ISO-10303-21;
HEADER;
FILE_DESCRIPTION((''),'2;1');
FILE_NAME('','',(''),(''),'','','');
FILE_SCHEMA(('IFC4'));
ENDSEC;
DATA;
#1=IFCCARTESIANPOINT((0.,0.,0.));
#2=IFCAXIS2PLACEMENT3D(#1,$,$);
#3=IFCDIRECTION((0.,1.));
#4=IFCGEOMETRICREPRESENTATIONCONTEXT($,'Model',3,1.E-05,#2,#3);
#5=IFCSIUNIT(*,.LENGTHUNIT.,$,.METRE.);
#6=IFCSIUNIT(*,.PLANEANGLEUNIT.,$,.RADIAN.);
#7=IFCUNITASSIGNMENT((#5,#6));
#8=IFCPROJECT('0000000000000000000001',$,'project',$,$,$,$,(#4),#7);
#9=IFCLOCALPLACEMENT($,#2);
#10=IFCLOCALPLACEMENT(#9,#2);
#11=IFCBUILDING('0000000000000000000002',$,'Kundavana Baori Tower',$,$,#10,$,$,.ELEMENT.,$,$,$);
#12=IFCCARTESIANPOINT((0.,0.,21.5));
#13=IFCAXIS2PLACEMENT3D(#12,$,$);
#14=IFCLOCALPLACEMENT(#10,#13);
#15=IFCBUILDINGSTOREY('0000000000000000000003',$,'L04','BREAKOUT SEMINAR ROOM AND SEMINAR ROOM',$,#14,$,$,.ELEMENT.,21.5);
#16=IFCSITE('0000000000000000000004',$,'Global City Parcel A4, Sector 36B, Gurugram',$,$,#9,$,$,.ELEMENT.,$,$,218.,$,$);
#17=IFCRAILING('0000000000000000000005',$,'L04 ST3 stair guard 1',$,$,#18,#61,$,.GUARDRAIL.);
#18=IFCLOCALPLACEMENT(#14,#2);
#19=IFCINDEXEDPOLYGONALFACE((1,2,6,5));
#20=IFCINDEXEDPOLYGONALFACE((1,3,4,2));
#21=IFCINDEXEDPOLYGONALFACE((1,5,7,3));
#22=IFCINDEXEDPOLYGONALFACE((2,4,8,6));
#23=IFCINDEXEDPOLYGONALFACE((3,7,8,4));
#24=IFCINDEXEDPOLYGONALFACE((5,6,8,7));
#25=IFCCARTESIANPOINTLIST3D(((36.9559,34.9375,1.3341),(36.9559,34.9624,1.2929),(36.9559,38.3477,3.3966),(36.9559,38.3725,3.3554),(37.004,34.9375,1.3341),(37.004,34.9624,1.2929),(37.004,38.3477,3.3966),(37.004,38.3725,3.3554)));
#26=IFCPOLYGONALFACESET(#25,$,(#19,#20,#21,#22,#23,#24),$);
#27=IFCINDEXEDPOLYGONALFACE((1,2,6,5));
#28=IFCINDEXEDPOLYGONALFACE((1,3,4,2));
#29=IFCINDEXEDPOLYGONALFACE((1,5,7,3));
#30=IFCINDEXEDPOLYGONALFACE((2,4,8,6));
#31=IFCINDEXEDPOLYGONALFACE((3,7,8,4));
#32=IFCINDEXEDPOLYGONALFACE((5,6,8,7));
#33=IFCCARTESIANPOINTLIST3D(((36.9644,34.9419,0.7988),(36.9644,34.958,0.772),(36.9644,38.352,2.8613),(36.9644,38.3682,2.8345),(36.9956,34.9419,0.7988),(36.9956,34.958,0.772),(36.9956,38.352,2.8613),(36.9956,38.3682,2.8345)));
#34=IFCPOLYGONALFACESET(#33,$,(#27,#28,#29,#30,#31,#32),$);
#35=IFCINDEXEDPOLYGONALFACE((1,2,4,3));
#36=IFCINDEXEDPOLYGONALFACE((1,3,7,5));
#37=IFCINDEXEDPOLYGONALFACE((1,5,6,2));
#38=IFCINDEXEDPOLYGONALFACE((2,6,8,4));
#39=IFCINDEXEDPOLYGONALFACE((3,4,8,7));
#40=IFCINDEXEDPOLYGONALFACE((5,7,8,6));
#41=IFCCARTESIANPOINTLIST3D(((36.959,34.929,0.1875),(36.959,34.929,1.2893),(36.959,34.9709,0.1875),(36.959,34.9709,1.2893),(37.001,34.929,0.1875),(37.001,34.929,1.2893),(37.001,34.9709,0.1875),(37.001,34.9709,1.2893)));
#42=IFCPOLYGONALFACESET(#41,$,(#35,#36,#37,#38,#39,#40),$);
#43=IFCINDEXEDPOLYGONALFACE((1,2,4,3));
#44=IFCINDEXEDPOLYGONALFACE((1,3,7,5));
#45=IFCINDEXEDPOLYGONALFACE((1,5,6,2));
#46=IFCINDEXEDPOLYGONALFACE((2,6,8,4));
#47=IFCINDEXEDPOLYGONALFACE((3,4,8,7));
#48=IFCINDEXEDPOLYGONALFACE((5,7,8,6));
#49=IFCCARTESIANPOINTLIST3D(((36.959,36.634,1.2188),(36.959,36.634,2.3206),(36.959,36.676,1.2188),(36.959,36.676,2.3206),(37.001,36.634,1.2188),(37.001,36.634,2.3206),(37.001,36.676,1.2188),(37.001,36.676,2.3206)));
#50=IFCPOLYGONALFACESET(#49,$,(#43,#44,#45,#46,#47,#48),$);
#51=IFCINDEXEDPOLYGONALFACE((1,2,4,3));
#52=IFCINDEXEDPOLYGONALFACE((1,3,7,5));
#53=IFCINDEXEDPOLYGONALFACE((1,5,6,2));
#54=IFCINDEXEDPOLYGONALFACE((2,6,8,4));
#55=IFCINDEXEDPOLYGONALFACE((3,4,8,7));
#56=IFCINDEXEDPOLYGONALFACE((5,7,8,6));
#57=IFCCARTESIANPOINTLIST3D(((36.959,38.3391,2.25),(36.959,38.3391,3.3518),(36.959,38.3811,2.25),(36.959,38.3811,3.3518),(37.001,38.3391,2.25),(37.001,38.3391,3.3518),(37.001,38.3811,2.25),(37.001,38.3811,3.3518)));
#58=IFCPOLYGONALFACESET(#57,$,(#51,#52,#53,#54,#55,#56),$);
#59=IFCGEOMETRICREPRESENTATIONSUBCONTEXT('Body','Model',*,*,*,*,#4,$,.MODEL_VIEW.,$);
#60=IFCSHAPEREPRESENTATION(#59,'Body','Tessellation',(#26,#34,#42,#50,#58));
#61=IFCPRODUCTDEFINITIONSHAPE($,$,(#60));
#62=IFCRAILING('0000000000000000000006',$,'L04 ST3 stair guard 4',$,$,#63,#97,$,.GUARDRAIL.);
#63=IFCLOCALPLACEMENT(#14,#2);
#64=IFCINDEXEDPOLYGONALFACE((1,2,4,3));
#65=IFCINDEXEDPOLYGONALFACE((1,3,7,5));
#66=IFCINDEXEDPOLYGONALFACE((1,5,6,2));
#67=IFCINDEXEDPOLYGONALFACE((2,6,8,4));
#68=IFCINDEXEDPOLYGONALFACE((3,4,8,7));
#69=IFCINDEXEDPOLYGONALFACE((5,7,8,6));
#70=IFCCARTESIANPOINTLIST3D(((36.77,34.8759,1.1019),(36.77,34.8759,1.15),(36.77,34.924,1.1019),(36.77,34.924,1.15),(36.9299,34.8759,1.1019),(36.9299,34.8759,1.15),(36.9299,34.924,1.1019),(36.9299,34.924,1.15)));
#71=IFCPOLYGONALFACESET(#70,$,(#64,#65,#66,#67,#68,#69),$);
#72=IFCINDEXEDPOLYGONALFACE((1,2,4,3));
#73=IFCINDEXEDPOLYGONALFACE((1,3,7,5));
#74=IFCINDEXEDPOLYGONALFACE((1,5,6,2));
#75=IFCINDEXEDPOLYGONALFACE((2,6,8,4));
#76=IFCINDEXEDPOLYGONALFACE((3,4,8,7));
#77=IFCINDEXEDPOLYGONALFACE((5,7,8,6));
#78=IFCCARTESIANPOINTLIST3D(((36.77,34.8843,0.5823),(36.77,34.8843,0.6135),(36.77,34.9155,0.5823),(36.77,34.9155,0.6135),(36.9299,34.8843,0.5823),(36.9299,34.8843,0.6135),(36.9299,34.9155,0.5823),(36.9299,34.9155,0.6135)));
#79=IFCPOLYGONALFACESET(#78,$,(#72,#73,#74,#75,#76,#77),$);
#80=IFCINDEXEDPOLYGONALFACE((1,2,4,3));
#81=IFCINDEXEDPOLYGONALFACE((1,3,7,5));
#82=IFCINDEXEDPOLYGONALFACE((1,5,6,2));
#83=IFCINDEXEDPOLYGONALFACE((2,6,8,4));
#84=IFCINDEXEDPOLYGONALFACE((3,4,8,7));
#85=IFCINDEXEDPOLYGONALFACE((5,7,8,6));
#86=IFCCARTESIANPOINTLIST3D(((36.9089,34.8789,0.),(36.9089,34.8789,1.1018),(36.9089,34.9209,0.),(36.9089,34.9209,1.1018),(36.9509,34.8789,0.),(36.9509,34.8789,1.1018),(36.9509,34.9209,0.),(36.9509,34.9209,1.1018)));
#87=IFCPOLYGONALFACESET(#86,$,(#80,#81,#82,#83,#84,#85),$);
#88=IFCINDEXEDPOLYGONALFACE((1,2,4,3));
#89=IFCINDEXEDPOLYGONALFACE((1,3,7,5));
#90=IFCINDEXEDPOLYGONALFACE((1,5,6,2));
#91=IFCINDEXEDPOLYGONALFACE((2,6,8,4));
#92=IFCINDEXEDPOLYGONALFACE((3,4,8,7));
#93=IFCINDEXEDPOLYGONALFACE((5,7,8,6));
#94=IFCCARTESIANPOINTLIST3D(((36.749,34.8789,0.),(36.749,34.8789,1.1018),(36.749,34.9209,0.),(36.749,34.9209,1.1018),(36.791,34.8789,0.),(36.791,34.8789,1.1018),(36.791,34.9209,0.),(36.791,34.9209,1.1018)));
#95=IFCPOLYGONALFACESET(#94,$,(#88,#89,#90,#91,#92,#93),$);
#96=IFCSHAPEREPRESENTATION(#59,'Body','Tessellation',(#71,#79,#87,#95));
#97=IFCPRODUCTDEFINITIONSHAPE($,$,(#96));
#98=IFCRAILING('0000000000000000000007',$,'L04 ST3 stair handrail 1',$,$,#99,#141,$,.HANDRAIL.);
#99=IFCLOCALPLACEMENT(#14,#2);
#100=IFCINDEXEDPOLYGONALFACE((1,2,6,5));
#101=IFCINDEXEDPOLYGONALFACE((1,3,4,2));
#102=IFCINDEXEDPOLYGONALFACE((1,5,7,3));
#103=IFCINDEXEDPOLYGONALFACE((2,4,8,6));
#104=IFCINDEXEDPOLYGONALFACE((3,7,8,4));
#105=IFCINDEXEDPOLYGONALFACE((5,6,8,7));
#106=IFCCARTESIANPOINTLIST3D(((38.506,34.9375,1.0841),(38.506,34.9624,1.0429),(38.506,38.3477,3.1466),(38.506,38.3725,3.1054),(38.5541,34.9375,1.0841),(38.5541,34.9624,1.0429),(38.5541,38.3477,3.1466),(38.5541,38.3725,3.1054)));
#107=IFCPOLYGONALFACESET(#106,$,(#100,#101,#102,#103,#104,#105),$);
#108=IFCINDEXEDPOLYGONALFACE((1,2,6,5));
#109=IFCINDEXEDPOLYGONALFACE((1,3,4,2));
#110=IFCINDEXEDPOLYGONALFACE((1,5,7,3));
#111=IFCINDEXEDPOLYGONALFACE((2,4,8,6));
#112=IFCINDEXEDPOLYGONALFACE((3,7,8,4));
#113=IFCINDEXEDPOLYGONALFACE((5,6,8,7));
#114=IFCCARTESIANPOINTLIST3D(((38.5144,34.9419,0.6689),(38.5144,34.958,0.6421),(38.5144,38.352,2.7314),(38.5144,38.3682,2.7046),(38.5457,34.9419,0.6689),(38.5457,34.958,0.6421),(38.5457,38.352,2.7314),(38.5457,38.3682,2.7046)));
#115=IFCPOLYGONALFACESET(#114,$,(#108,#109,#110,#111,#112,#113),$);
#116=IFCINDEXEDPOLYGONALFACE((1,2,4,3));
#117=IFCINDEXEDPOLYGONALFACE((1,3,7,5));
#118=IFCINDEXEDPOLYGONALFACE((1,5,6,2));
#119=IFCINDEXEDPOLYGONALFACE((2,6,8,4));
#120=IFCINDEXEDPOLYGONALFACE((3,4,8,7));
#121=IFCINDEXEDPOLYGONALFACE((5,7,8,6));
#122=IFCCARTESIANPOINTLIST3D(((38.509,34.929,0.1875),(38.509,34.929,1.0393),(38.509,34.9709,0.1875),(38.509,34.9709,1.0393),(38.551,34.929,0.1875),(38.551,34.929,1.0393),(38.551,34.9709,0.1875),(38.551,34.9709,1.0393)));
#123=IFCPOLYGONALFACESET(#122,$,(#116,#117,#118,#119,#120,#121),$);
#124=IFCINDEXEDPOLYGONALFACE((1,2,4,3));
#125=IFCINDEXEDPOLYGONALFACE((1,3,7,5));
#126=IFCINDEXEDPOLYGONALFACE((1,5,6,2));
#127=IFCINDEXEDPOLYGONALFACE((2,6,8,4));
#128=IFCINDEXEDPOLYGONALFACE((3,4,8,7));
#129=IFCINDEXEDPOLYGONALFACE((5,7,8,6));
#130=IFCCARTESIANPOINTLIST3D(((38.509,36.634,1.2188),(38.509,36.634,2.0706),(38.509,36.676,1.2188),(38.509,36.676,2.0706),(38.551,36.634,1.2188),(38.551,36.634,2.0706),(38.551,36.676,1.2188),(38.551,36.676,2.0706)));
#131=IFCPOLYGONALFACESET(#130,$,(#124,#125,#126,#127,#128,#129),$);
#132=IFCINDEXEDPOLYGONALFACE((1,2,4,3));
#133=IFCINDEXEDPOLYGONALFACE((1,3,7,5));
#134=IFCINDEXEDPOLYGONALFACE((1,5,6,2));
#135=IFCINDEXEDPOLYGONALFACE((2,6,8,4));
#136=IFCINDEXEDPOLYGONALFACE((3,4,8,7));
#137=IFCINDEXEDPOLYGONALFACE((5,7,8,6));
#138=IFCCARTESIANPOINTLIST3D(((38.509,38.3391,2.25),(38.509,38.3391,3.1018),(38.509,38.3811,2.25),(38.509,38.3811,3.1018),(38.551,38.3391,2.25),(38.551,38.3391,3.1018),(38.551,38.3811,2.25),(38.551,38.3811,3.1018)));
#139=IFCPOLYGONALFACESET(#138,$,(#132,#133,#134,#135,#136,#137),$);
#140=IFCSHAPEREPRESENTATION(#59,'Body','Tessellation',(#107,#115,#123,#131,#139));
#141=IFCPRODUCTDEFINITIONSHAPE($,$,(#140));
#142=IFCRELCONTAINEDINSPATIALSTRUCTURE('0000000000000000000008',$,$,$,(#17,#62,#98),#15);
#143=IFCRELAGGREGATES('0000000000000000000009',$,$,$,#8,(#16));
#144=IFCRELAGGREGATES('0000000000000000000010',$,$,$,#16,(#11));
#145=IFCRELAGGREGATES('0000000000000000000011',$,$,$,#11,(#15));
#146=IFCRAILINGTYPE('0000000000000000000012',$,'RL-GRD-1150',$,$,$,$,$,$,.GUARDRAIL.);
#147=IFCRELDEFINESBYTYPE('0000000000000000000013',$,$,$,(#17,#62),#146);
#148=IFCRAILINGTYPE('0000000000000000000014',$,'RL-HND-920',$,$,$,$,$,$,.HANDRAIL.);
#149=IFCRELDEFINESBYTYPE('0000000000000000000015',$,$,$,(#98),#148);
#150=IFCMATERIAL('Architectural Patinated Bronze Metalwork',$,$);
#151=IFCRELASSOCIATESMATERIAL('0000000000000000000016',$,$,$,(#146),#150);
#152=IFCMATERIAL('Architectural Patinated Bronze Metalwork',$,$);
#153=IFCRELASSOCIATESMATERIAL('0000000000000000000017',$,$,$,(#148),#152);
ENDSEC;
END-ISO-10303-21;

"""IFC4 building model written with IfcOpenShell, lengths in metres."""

from ifc_helpers import new_model, si_unit, direction, frame, origin, origin_2d, place, context, subcontext, project, spatial, rectangle, extrude, material, type_object, element, save


model = new_model("IFC4")

# Units and contexts
model_context = context("Model", 3, precision=1e-05, world=origin(), true_north=direction((0.0, 1.0)))
body_context = subcontext(model_context, "Body", "Model", "MODEL_VIEW")
ifc_project = project(units=[si_unit("LENGTHUNIT", "METRE"), si_unit("PLANEANGLEUNIT", "RADIAN")], contexts=[model_context])

# Site, building, storey
site_placement = place(None, origin())
site = spatial("IfcSite", under=ifc_project, at=site_placement, Name="Global City Parcel A4, Sector 36B, Gurugram", CompositionType="ELEMENT", RefElevation=218.0)
building_placement = place(site_placement, origin())
building = spatial("IfcBuilding", under=site, at=building_placement, Name="Kundavana Baori Tower", CompositionType="ELEMENT")
storey_placement = place(building_placement, frame((0.0, 0.0, 21.5)))
storey = spatial("IfcBuildingStorey", under=building, at=storey_placement, Name="L04", Description="BREAKOUT SEMINAR ROOM AND SEMINAR ROOM", CompositionType="ELEMENT", Elevation=21.5)

# Railings
ifc_material_1 = material(Name="Architectural Patinated Bronze Metalwork")
railing_type_1 = type_object("IfcRailingType", Name="RL-GRD-1150", PredefinedType="GUARDRAIL", material=ifc_material_1)
railing_1_placement = place(storey_placement, frame((36.98, 34.95, 0.1875)))
element("IfcRailing", 1, at=railing_1_placement, inside=storey, type_object=railing_type_1, Name="L04 ST3 stair guard 1", PredefinedType="GUARDRAIL", context=body_context, shape_type="SweptSolid", body=[
    extrude(rectangle(XDim=0.0481, YDim=0.0481, at=origin_2d()), frame((0.0, 0.0, 1.126), z_axis=(0.0, 0.855671, 0.517519), x_axis=(-1.0, 0.0, 0.0)), (0.0, 0.0, 1.0), 3.9854),
    extrude(rectangle(XDim=0.0312, YDim=0.0312, at=origin_2d()), frame((0.0, 0.0, 0.5979), z_axis=(0.0, 0.855671, 0.517519), x_axis=(-1.0, 0.0, 0.0)), (0.0, 0.0, 1.0), 3.9854),
    extrude(rectangle(XDim=0.042, YDim=0.042, at=origin_2d()), origin(), (0.0, 0.0, 1.0), 1.1018),
    extrude(rectangle(XDim=0.042, YDim=0.042, at=origin_2d()), frame((0.0, 1.7051, 1.0312)), (0.0, 0.0, 1.0), 1.1018),
    extrude(rectangle(XDim=0.042, YDim=0.042, at=origin_2d()), frame((0.0, 3.4102, 2.0625)), (0.0, 0.0, 1.0), 1.1018),
])
railing_2_placement = place(storey_placement, frame((36.9299, 34.8999, 0.0)))
element("IfcRailing", 2, at=railing_2_placement, inside=storey, type_object=railing_type_1, Name="L04 ST3 stair guard 4", PredefinedType="GUARDRAIL", context=body_context, shape_type="SweptSolid", body=[
    extrude(rectangle(XDim=0.0481, YDim=0.0481, at=origin_2d()), frame((0.0, 0.0, 1.126), z_axis=(-1.0, 0.0, 0.0), x_axis=(0.0, -1.0, 0.0)), (0.0, 0.0, 1.0), 0.1599),
    extrude(rectangle(XDim=0.0312, YDim=0.0312, at=origin_2d()), frame((0.0, 0.0, 0.5979), z_axis=(-1.0, 0.0, 0.0), x_axis=(0.0, -1.0, 0.0)), (0.0, 0.0, 1.0), 0.1599),
    extrude(rectangle(XDim=0.042, YDim=0.042, at=origin_2d()), origin(), (0.0, 0.0, 1.0), 1.1018),
    extrude(rectangle(XDim=0.042, YDim=0.042, at=origin_2d()), frame((-0.1599, 0.0, 0.0)), (0.0, 0.0, 1.0), 1.1018),
])
ifc_material_2 = material(Name="Architectural Patinated Bronze Metalwork")
railing_type_2 = type_object("IfcRailingType", Name="RL-HND-920", PredefinedType="HANDRAIL", material=ifc_material_2)
railing_3_placement = place(storey_placement, frame((38.53, 34.95, 0.1875)))
element("IfcRailing", 3, at=railing_3_placement, inside=storey, type_object=railing_type_2, Name="L04 ST3 stair handrail 1", PredefinedType="HANDRAIL", context=body_context, shape_type="SweptSolid", body=[
    extrude(rectangle(XDim=0.0481, YDim=0.0481, at=origin_2d()), frame((0.0, 0.0, 0.876), z_axis=(0.0, 0.855671, 0.517519), x_axis=(-1.0, 0.0, 0.0)), (0.0, 0.0, 1.0), 3.9854),
    extrude(rectangle(XDim=0.0312, YDim=0.0312, at=origin_2d()), frame((0.0, 0.0, 0.468), z_axis=(0.0, 0.855671, 0.517519), x_axis=(-1.0, 0.0, 0.0)), (0.0, 0.0, 1.0), 3.9854),
    extrude(rectangle(XDim=0.042, YDim=0.042, at=origin_2d()), origin(), (0.0, 0.0, 1.0), 0.8518),
    extrude(rectangle(XDim=0.042, YDim=0.042, at=origin_2d()), frame((0.0, 1.7051, 1.0312)), (0.0, 0.0, 1.0), 0.8518),
    extrude(rectangle(XDim=0.042, YDim=0.042, at=origin_2d()), frame((0.0, 3.4102, 2.0625)), (0.0, 0.0, 1.0), 0.8518),
])

save(model, "model.ifc")
